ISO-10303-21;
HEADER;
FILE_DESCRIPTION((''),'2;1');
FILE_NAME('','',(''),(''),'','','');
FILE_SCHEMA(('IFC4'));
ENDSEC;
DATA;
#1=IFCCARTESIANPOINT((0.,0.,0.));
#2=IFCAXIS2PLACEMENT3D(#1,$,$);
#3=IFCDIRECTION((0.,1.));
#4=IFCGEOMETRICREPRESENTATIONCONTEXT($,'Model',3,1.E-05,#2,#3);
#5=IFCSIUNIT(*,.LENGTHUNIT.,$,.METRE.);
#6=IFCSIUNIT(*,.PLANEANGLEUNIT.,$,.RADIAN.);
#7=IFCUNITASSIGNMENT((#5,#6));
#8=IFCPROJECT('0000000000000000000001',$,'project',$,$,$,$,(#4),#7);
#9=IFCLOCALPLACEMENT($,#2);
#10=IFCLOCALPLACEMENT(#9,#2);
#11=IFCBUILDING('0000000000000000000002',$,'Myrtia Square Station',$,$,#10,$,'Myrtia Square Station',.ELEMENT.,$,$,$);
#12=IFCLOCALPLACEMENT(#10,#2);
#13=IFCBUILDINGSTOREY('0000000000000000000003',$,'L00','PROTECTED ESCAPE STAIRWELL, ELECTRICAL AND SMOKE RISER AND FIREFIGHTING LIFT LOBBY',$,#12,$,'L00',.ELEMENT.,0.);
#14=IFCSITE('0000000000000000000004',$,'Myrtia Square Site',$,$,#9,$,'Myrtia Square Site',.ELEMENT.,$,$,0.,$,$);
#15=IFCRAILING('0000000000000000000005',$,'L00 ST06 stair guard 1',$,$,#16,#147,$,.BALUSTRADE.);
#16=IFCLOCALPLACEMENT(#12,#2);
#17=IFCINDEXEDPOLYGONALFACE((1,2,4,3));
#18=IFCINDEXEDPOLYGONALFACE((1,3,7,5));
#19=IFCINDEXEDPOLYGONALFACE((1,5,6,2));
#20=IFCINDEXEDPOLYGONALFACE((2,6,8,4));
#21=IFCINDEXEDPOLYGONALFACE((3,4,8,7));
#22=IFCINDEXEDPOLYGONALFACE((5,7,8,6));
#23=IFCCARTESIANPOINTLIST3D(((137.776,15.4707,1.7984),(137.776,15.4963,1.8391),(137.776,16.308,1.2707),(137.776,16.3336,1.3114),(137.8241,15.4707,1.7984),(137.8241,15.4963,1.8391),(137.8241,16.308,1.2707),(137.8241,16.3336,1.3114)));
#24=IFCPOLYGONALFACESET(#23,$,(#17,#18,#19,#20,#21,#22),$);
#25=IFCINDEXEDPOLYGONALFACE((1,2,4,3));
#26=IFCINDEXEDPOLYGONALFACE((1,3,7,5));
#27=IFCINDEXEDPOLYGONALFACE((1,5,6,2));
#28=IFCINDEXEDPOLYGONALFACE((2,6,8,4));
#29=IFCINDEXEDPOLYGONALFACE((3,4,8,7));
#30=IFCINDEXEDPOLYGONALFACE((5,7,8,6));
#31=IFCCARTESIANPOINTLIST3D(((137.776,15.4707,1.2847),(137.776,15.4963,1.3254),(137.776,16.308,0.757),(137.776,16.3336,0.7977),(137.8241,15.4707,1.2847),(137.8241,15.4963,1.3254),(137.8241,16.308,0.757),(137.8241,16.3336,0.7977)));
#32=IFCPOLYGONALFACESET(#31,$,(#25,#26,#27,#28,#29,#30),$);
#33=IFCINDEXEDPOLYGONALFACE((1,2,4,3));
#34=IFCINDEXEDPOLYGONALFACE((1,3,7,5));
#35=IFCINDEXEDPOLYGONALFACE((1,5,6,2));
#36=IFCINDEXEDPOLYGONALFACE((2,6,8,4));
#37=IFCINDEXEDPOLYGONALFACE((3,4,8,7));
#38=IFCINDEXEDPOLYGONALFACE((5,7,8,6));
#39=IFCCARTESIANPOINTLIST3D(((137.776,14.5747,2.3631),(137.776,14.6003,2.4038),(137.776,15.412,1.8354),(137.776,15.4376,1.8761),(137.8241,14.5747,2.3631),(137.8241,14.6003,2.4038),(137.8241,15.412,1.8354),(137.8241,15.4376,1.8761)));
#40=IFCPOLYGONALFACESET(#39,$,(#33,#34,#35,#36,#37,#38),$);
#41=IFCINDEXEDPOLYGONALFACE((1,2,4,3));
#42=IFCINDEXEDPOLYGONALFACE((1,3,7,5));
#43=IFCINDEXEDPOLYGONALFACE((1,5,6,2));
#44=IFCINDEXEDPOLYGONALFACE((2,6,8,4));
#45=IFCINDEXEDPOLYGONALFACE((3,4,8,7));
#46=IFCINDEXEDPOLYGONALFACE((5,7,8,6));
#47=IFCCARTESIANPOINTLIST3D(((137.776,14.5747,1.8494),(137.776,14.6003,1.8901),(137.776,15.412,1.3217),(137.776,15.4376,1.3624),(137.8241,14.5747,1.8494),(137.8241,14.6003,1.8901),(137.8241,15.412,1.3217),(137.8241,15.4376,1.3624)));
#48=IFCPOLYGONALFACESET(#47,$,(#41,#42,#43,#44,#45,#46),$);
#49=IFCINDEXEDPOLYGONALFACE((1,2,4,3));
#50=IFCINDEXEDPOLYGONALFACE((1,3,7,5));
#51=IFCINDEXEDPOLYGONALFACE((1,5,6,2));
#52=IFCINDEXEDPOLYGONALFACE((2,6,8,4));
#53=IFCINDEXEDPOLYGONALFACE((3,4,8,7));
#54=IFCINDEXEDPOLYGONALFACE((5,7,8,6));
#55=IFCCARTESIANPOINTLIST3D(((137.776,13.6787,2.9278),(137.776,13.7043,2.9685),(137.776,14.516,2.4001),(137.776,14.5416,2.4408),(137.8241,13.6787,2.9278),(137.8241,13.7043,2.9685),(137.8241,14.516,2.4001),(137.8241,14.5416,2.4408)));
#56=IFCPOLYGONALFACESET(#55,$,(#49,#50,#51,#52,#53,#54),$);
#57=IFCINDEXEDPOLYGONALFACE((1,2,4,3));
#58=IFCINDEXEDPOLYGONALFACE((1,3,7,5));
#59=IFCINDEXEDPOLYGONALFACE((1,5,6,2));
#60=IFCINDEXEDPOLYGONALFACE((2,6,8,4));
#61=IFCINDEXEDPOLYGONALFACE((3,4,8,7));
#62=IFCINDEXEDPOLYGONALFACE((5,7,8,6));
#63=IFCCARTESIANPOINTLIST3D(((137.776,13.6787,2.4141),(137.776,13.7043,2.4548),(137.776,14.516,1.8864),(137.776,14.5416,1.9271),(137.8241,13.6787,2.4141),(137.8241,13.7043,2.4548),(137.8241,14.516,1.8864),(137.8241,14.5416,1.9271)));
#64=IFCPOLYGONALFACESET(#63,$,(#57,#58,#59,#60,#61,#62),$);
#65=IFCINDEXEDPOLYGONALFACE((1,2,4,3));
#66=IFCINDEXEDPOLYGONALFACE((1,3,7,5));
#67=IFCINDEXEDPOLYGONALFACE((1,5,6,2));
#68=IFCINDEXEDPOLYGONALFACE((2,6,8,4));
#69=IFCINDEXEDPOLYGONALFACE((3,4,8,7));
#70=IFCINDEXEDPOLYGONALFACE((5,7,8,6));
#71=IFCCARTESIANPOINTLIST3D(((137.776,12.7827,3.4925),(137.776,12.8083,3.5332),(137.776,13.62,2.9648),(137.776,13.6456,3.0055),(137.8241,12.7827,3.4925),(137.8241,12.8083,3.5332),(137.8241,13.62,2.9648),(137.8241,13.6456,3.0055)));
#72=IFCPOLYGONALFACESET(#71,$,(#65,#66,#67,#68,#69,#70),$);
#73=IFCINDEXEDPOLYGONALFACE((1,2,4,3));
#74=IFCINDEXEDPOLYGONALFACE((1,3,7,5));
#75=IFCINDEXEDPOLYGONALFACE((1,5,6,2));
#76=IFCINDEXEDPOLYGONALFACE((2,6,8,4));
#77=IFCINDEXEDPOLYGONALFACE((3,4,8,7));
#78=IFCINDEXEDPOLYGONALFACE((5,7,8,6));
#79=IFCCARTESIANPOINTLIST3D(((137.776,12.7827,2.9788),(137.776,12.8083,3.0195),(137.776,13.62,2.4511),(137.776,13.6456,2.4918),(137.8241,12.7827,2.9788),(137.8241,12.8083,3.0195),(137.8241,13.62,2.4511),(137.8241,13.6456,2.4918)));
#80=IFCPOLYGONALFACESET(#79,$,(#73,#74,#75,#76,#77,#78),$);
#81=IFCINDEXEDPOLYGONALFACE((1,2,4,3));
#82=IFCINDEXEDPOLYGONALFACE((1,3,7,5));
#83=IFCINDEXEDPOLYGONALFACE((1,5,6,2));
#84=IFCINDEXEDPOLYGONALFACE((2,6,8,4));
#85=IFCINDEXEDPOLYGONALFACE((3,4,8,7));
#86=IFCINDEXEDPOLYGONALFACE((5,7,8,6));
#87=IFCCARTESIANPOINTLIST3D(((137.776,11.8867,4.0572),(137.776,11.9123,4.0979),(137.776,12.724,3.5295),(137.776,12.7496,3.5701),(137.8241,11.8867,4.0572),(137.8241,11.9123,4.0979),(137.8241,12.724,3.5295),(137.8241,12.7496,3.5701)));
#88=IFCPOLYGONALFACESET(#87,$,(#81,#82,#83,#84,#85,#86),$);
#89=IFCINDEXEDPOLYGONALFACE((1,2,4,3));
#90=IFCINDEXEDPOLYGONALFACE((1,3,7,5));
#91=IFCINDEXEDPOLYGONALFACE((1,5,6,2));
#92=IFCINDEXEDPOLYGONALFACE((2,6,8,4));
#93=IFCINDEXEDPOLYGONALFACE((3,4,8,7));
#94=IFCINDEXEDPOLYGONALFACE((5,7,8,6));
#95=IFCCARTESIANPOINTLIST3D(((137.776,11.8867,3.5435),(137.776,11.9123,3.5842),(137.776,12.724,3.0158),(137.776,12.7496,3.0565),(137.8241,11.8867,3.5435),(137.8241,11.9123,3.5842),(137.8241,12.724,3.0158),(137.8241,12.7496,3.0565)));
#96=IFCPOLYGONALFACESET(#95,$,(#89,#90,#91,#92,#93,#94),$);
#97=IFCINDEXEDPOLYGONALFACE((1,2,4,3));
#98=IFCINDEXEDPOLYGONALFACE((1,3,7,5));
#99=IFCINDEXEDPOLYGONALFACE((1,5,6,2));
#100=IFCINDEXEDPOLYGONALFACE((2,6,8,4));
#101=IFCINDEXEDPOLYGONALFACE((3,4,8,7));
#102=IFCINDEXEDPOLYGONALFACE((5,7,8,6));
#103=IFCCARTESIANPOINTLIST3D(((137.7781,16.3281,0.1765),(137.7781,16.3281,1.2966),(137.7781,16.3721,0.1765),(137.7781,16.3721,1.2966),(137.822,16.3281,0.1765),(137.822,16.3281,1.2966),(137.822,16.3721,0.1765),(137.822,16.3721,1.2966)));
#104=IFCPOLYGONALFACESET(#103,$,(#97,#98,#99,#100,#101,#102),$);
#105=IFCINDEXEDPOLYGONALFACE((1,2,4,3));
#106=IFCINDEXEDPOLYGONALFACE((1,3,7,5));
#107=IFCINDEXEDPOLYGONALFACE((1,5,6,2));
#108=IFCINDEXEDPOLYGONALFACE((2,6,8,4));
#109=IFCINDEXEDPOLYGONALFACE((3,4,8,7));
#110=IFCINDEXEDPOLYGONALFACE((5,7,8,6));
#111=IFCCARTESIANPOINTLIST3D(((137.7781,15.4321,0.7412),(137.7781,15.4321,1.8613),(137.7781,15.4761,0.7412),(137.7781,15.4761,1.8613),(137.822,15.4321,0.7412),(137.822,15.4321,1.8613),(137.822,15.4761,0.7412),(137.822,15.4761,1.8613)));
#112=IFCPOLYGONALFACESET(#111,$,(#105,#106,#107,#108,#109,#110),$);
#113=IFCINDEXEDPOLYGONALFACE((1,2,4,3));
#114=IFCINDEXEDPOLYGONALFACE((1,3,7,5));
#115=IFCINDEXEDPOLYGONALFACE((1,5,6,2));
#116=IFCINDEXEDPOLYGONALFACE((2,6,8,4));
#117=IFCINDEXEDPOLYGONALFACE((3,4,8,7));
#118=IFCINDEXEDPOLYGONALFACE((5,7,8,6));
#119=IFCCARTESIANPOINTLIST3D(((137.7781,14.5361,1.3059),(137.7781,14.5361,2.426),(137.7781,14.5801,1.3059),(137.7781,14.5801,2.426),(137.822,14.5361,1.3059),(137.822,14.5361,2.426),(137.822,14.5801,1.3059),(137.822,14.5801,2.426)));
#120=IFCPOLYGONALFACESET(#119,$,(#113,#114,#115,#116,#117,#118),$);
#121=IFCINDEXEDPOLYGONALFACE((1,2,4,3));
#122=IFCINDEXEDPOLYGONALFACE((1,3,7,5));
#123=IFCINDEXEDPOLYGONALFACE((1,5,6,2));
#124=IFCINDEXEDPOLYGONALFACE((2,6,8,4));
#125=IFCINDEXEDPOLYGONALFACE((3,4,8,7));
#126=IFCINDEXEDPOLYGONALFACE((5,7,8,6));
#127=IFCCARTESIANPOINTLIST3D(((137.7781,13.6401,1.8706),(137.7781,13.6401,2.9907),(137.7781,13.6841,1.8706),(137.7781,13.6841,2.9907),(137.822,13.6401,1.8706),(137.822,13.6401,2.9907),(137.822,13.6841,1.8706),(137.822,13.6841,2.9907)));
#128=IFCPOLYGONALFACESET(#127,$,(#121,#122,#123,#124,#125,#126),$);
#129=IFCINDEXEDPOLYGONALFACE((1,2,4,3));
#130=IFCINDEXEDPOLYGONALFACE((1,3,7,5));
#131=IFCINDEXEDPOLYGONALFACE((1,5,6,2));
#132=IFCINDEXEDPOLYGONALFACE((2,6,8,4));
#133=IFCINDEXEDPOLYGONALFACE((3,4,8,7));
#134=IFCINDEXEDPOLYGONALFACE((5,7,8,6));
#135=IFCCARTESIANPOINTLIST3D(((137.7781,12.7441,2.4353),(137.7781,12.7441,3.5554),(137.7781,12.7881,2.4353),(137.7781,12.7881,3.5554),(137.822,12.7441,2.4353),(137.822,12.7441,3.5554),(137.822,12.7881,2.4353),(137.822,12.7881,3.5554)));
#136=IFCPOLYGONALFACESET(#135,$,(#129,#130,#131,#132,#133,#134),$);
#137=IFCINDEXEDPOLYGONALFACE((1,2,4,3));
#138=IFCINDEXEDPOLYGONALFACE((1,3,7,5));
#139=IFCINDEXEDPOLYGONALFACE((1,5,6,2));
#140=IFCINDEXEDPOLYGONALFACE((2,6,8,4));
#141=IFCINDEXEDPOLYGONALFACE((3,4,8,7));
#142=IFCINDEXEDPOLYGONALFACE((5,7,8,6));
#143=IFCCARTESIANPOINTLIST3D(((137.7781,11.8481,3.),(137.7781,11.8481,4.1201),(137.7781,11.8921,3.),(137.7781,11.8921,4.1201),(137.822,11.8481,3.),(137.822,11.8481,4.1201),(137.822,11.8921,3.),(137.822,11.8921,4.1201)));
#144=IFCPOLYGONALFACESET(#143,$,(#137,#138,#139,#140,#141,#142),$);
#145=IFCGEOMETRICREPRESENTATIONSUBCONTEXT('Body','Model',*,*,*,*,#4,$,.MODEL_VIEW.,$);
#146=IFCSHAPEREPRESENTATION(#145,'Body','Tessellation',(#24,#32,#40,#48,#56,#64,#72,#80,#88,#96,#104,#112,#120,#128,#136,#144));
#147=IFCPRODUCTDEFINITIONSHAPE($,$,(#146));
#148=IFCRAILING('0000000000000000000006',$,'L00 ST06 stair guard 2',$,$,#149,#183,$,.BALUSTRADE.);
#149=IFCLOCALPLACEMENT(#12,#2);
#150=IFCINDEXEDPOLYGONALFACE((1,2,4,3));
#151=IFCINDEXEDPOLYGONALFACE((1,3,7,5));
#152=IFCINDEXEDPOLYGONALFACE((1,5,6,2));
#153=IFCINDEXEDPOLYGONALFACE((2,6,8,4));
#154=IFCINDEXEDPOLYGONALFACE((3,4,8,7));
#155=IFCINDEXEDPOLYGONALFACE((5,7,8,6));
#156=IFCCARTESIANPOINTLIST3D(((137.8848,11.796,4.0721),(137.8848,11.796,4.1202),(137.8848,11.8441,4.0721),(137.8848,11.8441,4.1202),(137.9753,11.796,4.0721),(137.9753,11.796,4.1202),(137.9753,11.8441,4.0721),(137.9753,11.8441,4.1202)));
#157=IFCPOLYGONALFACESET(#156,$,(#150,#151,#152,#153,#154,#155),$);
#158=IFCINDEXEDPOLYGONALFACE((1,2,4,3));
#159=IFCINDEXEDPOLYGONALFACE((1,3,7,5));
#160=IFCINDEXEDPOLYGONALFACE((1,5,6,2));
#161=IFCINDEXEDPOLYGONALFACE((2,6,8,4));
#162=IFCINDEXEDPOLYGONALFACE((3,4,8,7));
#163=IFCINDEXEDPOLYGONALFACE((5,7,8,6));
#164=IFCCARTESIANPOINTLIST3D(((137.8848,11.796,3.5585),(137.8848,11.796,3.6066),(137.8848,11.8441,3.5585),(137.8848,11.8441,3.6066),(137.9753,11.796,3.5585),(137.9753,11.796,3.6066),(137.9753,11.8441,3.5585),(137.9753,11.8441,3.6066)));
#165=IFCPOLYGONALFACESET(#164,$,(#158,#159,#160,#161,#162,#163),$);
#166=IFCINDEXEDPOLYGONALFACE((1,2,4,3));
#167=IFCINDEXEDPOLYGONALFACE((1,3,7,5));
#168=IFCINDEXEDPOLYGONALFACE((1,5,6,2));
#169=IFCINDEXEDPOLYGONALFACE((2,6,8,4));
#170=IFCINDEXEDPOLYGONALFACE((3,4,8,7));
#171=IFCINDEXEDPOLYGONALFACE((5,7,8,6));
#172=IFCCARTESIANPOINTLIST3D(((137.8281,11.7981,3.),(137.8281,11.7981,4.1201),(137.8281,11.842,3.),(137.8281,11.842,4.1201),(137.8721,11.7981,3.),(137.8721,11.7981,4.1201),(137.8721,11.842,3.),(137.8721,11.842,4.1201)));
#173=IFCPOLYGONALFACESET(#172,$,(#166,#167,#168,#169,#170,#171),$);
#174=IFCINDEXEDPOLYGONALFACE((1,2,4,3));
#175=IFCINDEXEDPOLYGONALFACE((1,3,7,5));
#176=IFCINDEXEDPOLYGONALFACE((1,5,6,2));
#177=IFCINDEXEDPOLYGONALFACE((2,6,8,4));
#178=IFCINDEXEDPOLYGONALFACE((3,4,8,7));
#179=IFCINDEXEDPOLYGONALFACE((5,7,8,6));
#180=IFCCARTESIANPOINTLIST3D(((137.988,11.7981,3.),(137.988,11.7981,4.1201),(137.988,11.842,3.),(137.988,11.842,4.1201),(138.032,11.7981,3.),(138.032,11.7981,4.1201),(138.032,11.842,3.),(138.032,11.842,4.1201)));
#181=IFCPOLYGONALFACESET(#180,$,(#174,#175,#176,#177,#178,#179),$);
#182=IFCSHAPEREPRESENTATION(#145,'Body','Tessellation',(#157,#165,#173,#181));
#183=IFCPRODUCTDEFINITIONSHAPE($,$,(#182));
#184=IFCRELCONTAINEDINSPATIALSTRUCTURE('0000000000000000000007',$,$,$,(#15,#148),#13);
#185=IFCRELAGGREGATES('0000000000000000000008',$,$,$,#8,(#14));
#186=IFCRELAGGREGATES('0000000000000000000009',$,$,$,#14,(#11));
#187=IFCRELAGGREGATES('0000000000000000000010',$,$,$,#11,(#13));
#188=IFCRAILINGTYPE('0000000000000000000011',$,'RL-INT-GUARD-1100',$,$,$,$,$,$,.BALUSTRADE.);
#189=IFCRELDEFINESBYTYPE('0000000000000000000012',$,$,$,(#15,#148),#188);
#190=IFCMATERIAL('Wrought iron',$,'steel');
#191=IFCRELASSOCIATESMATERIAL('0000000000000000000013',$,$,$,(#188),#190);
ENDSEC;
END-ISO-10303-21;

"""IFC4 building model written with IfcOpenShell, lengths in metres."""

from ifc_helpers import new_model, si_unit, direction, frame, origin, origin_2d, place, context, subcontext, project, spatial, rectangle, extrude, material, type_object, element, save


model = new_model("IFC4")

# Units and contexts
model_context = context("Model", 3, precision=1e-05, world=origin(), true_north=direction((0.0, 1.0)))
body_context = subcontext(model_context, "Body", "Model", "MODEL_VIEW")
ifc_project = project(units=[si_unit("LENGTHUNIT", "METRE"), si_unit("PLANEANGLEUNIT", "RADIAN")], contexts=[model_context])

# Site, building, storey
site_placement = place(None, origin())
site = spatial("IfcSite", under=ifc_project, at=site_placement, Name="Myrtia Square Site", LongName="Myrtia Square Site", CompositionType="ELEMENT", RefElevation=0.0)
building_placement = place(site_placement, origin())
building = spatial("IfcBuilding", under=site, at=building_placement, Name="Myrtia Square Station", LongName="Myrtia Square Station", CompositionType="ELEMENT")
storey_placement = place(building_placement, origin())
storey = spatial("IfcBuildingStorey", under=building, at=storey_placement, Name="L00", Description="PROTECTED ESCAPE STAIRWELL, ELECTRICAL AND SMOKE RISER AND FIREFIGHTING LIFT LOBBY", LongName="L00", CompositionType="ELEMENT", Elevation=0.0)

# Railings
ifc_material_1 = material(Name="Wrought iron", Category="steel")
railing_type_1 = type_object("IfcRailingType", Name="RL-INT-GUARD-1100", PredefinedType="BALUSTRADE", material=ifc_material_1)
railing_1_placement = place(storey_placement, frame((137.8, 16.3501, 0.1765)))
element("IfcRailing", 1, at=railing_1_placement, inside=storey, type_object=railing_type_1, Name="L00 ST06 stair guard 1", PredefinedType="BALUSTRADE", context=body_context, shape_type="SweptSolid", body=[
    extrude(rectangle(XDim=0.0481, YDim=0.0481, at=origin_2d()), frame((0.0, -0.0293, 1.1145), z_axis=(0.0, -0.845998, 0.533186), x_axis=(1.0, 0.0, 0.0)), (0.0, 0.0, 1.0), 0.9897),
    extrude(rectangle(XDim=0.0481, YDim=0.0481, at=origin_2d()), frame((0.0, -0.0293, 0.6008), z_axis=(0.0, -0.845998, 0.533186), x_axis=(1.0, 0.0, 0.0)), (0.0, 0.0, 1.0), 0.9897),
    extrude(rectangle(XDim=0.0481, YDim=0.0481, at=origin_2d()), frame((0.0, -0.9253, 1.6792), z_axis=(0.0, -0.845998, 0.533186), x_axis=(1.0, 0.0, 0.0)), (0.0, 0.0, 1.0), 0.9897),
    extrude(rectangle(XDim=0.0481, YDim=0.0481, at=origin_2d()), frame((0.0, -0.9253, 1.1655), z_axis=(0.0, -0.845998, 0.533186), x_axis=(1.0, 0.0, 0.0)), (0.0, 0.0, 1.0), 0.9897),
    extrude(rectangle(XDim=0.0481, YDim=0.0481, at=origin_2d()), frame((0.0, -1.8213, 2.2439), z_axis=(0.0, -0.845998, 0.533186), x_axis=(1.0, 0.0, 0.0)), (0.0, 0.0, 1.0), 0.9897),
    extrude(rectangle(XDim=0.0481, YDim=0.0481, at=origin_2d()), frame((0.0, -1.8213, 1.7302), z_axis=(0.0, -0.845998, 0.533186), x_axis=(1.0, 0.0, 0.0)), (0.0, 0.0, 1.0), 0.9897),
    extrude(rectangle(XDim=0.0481, YDim=0.0481, at=origin_2d()), frame((0.0, -2.7173, 2.8086), z_axis=(0.0, -0.845998, 0.533186), x_axis=(1.0, 0.0, 0.0)), (0.0, 0.0, 1.0), 0.9897),
    extrude(rectangle(XDim=0.0481, YDim=0.0481, at=origin_2d()), frame((0.0, -2.7173, 2.2949), z_axis=(0.0, -0.845998, 0.533186), x_axis=(1.0, 0.0, 0.0)), (0.0, 0.0, 1.0), 0.9897),
    extrude(rectangle(XDim=0.0481, YDim=0.0481, at=origin_2d()), frame((0.0, -3.6133, 3.3733), z_axis=(0.0, -0.845998, 0.533186), x_axis=(1.0, 0.0, 0.0)), (0.0, 0.0, 1.0), 0.9897),
    extrude(rectangle(XDim=0.0481, YDim=0.0481, at=origin_2d()), frame((0.0, -3.6133, 2.8596), z_axis=(0.0, -0.845998, 0.533186), x_axis=(1.0, 0.0, 0.0)), (0.0, 0.0, 1.0), 0.9897),
    extrude(rectangle(XDim=0.0439, YDim=0.0439, at=origin_2d()), origin(), (0.0, 0.0, 1.0), 1.1201),
    extrude(rectangle(XDim=0.0439, YDim=0.0439, at=origin_2d()), frame((0.0, -0.896, 0.5647)), (0.0, 0.0, 1.0), 1.1201),
    extrude(rectangle(XDim=0.0439, YDim=0.0439, at=origin_2d()), frame((0.0, -1.792, 1.1294)), (0.0, 0.0, 1.0), 1.1201),
    extrude(rectangle(XDim=0.0439, YDim=0.0439, at=origin_2d()), frame((0.0, -2.688, 1.6941)), (0.0, 0.0, 1.0), 1.1201),
    extrude(rectangle(XDim=0.0439, YDim=0.0439, at=origin_2d()), frame((0.0, -3.584, 2.2588)), (0.0, 0.0, 1.0), 1.1201),
    extrude(rectangle(XDim=0.0439, YDim=0.0439, at=origin_2d()), frame((0.0, -4.48, 2.8235)), (0.0, 0.0, 1.0), 1.1201),
])
railing_2_placement = place(storey_placement, frame((137.8501, 11.8201, 3.0)))
element("IfcRailing", 2, at=railing_2_placement, inside=storey, type_object=railing_type_1, Name="L00 ST06 stair guard 2", PredefinedType="BALUSTRADE", context=body_context, shape_type="SweptSolid", body=[
    extrude(rectangle(XDim=0.0481, YDim=0.0481, at=origin_2d()), frame((0.0347, 0.0, 1.0962), z_axis=(1.0, 0.0, 0.0), x_axis=(0.0, 1.0, 0.0)), (0.0, 0.0, 1.0), 0.0906),
    extrude(rectangle(XDim=0.0481, YDim=0.0481, at=origin_2d()), frame((0.0347, 0.0, 0.5825), z_axis=(1.0, 0.0, 0.0), x_axis=(0.0, 1.0, 0.0)), (0.0, 0.0, 1.0), 0.0906),
    extrude(rectangle(XDim=0.0439, YDim=0.0439, at=origin_2d()), origin(), (0.0, 0.0, 1.0), 1.1201),
    extrude(rectangle(XDim=0.0439, YDim=0.0439, at=origin_2d()), frame((0.1599, 0.0, 0.0)), (0.0, 0.0, 1.0), 1.1201),
])

save(model, "model.ifc")
